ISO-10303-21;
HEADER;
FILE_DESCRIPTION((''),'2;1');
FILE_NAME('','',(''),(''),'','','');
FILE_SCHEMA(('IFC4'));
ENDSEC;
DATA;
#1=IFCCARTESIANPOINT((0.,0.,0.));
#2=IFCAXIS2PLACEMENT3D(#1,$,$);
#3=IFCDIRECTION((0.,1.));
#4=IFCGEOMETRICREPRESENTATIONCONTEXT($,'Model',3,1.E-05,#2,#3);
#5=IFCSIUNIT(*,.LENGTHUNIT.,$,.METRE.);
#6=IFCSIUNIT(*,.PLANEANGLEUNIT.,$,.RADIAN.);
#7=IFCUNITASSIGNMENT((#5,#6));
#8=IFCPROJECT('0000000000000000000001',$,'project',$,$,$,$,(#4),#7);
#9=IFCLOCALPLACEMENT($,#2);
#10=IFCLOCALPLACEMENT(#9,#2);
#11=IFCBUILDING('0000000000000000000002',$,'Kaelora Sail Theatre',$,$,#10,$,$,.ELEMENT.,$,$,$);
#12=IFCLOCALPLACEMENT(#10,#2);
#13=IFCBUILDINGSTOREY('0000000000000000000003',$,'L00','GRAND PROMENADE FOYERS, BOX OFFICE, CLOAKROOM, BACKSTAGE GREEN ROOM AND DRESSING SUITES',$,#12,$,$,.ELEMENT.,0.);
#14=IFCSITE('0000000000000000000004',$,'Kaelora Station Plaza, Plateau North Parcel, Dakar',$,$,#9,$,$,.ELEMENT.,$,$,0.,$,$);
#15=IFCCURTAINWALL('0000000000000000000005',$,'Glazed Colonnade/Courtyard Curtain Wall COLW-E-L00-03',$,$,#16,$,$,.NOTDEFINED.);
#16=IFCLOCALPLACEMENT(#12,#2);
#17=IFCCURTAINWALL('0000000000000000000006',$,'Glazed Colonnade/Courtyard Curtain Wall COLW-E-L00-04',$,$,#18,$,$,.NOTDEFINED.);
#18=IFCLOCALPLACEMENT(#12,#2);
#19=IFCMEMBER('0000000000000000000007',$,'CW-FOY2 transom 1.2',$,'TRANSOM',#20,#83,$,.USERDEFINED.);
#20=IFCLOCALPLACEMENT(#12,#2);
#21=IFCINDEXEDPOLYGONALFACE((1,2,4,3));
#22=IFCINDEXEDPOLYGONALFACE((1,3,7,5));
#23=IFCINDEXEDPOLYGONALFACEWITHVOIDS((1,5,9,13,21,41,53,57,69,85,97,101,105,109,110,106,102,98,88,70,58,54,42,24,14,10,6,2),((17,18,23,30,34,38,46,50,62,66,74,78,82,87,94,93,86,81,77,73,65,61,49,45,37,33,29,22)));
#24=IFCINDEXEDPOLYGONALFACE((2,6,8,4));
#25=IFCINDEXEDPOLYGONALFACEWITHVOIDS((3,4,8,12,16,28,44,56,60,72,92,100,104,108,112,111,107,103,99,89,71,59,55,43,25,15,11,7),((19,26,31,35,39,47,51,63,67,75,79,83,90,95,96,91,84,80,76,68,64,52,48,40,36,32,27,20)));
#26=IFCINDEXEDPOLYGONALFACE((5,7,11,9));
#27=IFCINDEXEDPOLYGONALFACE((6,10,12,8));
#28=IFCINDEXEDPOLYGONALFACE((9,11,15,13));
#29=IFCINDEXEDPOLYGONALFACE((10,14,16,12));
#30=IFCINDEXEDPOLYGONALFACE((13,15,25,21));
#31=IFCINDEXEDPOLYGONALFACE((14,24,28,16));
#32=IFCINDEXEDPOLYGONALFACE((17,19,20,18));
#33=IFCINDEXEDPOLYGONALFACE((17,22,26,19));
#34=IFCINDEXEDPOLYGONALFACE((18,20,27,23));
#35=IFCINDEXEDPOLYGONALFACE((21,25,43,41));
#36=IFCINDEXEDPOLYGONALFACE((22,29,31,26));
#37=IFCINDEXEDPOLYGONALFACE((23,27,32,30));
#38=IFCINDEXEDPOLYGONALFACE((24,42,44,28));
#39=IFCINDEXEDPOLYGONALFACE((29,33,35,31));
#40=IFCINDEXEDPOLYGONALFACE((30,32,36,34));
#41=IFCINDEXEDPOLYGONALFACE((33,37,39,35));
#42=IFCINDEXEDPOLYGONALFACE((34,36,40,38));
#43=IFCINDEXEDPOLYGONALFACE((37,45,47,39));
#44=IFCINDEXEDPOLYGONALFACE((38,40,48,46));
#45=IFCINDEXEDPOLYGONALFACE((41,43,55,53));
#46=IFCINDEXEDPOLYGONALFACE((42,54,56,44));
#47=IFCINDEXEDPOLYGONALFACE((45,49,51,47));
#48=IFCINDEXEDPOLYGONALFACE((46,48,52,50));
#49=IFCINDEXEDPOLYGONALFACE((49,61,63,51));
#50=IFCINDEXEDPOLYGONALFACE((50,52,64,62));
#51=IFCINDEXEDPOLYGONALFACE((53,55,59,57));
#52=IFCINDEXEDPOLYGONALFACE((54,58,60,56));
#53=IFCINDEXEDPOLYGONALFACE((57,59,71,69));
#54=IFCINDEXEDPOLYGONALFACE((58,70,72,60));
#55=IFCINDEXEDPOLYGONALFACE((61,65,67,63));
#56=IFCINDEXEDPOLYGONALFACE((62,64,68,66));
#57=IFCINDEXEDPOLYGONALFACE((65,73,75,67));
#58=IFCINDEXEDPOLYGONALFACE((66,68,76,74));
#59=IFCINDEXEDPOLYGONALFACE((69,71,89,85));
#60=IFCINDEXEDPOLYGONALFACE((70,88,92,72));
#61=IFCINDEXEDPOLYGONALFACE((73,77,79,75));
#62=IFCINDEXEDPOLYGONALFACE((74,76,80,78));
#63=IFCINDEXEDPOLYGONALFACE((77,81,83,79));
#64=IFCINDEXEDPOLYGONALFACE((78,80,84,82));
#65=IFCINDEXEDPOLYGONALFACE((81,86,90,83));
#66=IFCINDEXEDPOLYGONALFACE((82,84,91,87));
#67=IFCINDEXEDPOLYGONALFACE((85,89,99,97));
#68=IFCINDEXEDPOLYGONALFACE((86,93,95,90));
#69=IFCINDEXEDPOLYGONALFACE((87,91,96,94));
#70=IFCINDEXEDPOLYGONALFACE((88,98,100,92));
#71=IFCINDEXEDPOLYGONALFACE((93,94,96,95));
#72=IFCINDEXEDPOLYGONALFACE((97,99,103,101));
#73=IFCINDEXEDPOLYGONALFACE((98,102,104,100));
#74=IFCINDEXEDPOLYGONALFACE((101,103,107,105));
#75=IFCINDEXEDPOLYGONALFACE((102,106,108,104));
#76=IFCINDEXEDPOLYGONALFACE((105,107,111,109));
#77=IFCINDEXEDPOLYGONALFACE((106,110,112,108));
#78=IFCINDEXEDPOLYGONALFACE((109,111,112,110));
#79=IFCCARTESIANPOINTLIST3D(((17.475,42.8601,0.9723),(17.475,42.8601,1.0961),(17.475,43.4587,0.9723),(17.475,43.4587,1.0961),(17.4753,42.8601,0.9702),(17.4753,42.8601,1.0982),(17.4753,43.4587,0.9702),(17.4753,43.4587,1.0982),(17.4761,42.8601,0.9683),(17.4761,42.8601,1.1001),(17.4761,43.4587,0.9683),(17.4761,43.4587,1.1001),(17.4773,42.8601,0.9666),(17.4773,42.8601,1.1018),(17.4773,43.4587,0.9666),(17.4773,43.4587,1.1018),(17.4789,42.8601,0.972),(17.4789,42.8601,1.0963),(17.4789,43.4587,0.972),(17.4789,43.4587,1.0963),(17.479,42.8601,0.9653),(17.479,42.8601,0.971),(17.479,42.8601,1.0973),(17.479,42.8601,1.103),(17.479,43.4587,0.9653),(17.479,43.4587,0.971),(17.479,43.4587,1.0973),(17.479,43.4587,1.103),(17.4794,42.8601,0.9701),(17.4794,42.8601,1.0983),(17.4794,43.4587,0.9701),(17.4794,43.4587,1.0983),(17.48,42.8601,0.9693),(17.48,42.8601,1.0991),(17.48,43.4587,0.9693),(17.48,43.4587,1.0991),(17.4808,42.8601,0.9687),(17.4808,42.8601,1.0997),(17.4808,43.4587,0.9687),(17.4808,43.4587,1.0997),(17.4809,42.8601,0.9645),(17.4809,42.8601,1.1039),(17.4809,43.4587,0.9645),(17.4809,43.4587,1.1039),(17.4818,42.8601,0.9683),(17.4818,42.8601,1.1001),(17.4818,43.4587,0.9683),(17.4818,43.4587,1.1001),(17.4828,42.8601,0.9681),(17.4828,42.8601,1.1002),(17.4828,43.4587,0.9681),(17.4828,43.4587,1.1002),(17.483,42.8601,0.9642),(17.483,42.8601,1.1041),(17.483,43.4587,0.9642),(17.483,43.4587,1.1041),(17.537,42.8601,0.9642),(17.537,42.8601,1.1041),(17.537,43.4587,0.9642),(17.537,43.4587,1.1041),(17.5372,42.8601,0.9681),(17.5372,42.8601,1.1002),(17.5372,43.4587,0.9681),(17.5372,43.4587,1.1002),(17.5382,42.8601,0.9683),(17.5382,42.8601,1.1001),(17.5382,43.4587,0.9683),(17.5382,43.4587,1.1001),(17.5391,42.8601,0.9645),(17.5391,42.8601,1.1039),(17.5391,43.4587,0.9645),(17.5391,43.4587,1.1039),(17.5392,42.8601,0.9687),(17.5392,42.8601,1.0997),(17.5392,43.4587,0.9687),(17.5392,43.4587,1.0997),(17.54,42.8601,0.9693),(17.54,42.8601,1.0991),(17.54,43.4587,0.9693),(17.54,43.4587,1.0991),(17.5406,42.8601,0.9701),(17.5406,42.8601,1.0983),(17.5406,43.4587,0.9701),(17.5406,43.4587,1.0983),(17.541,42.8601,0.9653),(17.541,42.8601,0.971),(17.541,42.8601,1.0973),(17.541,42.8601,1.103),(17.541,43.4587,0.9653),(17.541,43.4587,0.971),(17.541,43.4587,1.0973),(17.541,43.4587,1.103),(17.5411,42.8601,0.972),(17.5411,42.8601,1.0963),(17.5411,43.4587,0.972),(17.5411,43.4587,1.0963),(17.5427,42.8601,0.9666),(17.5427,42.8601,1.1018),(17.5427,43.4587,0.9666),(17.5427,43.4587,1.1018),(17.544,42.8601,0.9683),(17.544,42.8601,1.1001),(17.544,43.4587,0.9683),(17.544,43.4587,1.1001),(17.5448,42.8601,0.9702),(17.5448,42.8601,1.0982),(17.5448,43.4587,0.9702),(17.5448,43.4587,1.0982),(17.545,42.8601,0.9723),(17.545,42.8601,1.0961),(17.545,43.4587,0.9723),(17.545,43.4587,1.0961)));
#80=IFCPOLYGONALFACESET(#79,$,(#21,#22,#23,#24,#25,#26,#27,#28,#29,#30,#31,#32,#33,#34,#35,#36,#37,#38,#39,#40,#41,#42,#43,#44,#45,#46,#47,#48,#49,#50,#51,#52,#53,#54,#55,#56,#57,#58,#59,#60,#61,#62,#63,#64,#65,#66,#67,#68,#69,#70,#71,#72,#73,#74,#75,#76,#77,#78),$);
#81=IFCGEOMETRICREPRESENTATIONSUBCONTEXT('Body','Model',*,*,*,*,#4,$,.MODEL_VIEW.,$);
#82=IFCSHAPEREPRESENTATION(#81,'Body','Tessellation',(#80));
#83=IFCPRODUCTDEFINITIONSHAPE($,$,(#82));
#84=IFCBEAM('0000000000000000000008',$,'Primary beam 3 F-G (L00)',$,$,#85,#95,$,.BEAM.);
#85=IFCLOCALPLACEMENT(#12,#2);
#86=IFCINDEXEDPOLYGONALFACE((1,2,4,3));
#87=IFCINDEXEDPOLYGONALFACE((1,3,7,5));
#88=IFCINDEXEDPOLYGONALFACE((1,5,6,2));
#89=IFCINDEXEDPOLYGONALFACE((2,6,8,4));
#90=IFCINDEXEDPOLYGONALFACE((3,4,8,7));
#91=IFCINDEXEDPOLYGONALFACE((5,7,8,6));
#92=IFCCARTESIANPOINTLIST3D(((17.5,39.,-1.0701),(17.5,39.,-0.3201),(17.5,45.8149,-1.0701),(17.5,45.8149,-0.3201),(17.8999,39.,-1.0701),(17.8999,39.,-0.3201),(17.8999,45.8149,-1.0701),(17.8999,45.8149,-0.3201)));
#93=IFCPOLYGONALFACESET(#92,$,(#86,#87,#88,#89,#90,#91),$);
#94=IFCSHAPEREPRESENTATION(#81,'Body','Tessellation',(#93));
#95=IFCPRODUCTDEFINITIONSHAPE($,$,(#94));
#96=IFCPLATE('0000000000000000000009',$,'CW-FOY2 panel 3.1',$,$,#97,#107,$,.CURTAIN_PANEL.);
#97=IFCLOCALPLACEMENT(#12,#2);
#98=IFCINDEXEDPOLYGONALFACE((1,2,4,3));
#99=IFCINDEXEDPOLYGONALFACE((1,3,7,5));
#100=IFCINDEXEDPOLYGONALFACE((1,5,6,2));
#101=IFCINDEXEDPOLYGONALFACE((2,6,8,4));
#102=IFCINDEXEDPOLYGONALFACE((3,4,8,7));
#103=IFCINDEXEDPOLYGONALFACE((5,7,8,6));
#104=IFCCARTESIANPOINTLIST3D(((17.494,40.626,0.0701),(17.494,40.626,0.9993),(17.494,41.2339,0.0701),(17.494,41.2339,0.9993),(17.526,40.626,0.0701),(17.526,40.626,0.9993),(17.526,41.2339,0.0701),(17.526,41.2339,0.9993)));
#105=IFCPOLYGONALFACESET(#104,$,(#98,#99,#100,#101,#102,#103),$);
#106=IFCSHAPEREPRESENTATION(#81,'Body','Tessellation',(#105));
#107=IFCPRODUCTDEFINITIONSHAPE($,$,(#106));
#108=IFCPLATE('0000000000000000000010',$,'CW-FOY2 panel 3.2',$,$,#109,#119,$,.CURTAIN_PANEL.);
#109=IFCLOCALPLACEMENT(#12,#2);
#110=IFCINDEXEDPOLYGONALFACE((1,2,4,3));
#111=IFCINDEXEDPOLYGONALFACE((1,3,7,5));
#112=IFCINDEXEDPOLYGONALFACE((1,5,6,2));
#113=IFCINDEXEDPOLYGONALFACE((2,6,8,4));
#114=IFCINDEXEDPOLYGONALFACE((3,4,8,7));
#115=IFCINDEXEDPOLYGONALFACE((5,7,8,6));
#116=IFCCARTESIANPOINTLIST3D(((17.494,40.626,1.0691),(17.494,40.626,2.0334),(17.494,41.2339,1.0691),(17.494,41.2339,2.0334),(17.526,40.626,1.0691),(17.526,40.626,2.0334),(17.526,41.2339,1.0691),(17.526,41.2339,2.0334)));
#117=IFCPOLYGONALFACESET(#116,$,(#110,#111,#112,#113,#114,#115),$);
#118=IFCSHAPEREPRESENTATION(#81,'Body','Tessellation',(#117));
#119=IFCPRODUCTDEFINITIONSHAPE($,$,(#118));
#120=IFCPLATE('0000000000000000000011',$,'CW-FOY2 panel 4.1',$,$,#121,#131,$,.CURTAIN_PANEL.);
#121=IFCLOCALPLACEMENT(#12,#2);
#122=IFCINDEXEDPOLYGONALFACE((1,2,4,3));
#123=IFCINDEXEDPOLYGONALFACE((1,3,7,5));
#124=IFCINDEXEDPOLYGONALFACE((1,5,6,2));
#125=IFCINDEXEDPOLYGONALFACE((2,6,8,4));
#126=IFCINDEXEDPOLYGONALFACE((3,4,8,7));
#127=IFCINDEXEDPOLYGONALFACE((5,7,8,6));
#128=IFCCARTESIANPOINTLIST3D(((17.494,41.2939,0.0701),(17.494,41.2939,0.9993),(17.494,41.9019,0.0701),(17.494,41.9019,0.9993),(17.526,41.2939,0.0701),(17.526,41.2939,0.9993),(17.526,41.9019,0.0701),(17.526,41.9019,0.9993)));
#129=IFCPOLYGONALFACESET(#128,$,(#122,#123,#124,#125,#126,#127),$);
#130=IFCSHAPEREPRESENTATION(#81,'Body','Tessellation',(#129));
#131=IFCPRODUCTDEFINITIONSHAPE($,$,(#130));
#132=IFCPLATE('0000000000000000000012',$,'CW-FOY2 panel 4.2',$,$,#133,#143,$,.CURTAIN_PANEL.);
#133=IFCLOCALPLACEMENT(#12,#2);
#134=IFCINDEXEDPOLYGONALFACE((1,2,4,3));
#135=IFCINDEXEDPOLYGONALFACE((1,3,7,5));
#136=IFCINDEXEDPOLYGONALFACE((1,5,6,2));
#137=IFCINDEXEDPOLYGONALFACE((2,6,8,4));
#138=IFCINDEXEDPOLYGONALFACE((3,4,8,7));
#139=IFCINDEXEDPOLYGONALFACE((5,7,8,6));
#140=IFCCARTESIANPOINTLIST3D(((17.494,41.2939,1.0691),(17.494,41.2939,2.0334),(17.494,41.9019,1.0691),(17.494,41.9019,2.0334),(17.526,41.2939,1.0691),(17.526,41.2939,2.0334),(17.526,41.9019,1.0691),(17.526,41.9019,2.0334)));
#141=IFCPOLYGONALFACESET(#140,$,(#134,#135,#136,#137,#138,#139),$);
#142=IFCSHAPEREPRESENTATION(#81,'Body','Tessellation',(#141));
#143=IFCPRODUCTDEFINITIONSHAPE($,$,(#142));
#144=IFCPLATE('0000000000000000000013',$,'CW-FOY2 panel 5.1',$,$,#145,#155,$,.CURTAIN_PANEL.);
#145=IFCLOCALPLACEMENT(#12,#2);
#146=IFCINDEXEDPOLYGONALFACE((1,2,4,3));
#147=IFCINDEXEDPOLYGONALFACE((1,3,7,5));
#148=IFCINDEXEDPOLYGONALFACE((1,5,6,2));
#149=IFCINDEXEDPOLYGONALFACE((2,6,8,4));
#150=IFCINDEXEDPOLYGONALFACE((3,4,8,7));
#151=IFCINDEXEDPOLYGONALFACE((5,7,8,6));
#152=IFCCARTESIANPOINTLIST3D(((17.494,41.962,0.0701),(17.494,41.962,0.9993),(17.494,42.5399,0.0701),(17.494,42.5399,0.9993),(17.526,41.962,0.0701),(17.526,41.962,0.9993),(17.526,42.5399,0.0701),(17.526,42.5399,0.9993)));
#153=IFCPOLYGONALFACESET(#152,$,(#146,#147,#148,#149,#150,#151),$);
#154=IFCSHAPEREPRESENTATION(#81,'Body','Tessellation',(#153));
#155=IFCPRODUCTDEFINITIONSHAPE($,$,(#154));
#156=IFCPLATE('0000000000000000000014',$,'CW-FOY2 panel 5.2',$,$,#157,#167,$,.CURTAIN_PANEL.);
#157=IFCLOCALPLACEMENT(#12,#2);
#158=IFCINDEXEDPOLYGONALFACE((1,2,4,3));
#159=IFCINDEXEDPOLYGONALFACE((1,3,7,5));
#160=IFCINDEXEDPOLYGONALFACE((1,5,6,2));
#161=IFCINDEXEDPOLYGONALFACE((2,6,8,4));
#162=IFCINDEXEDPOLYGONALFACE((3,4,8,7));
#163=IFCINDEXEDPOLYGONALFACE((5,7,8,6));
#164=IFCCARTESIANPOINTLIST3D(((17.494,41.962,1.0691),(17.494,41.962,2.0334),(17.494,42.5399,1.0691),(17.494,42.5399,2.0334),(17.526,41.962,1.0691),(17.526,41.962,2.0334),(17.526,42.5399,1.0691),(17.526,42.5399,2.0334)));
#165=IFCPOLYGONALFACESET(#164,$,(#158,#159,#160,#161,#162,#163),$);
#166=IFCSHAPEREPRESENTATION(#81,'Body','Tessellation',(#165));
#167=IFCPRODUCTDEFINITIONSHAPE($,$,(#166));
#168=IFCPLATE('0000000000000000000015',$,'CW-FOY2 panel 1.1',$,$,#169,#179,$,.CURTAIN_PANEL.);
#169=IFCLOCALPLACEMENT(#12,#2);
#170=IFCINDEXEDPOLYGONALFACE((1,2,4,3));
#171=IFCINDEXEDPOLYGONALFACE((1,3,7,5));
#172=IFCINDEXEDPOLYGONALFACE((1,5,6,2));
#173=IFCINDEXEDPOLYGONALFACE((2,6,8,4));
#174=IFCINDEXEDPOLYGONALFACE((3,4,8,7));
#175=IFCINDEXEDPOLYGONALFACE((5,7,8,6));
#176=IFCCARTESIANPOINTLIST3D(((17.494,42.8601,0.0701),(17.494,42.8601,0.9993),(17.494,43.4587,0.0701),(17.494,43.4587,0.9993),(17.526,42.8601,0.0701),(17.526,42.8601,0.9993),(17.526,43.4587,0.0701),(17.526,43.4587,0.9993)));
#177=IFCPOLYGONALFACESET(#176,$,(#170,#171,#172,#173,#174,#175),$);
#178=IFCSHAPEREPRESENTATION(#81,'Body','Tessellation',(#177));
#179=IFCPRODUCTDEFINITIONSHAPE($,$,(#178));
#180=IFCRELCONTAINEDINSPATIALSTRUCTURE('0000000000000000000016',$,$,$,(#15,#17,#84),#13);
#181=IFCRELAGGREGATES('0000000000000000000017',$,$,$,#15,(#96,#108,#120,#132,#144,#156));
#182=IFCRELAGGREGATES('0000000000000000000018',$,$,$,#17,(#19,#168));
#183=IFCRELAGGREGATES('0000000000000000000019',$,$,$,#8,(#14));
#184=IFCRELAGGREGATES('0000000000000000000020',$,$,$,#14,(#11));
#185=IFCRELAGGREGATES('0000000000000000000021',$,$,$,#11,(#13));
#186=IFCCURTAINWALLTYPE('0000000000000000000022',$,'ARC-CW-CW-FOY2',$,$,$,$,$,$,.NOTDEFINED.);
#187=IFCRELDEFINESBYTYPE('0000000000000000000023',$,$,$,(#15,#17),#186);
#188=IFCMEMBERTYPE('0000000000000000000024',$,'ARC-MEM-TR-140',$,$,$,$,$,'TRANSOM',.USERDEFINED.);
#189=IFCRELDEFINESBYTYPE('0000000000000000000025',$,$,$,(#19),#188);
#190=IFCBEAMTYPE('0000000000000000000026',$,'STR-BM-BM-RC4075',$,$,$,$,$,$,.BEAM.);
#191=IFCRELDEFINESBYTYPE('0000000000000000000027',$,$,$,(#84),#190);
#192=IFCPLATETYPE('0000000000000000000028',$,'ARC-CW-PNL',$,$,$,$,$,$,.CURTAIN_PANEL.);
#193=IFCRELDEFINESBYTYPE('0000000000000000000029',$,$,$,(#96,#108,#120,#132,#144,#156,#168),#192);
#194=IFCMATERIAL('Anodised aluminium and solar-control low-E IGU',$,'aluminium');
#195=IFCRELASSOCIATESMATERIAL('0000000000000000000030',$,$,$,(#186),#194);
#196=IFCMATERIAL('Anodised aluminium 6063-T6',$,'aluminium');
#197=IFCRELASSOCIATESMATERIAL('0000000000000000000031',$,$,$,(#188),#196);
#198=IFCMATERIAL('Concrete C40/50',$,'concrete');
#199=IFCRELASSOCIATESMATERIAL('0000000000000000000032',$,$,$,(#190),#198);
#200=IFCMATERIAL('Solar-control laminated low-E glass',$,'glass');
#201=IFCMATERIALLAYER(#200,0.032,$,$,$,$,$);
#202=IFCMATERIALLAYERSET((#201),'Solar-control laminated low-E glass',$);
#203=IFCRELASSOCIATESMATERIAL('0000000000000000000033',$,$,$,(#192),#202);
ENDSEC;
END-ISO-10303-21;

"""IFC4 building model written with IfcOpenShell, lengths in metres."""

from ifc_helpers import new_model, si_unit, direction, frame, origin, origin_2d, place, context, subcontext, project, spatial, rectangle, hollow_rectangle, extrude, material, layer, layer_set, material_profile, profile_set, type_object, element, aggregate, save


model = new_model("IFC4")

# Units and contexts
model_context = context("Model", 3, precision=1e-05, world=origin(), true_north=direction((0.0, 1.0)))
body_context = subcontext(model_context, "Body", "Model", "MODEL_VIEW")
ifc_project = project(units=[si_unit("LENGTHUNIT", "METRE"), si_unit("PLANEANGLEUNIT", "RADIAN")], contexts=[model_context])

# Site, building, storey
site_placement = place(None, origin())
site = spatial("IfcSite", under=ifc_project, at=site_placement, Name="Kaelora Station Plaza, Plateau North Parcel, Dakar", CompositionType="ELEMENT", RefElevation=0.0)
building_placement = place(site_placement, origin())
building = spatial("IfcBuilding", under=site, at=building_placement, Name="Kaelora Sail Theatre", CompositionType="ELEMENT")
storey_placement = place(building_placement, origin())
storey = spatial("IfcBuildingStorey", under=building, at=storey_placement, Name="L00", Description="GRAND PROMENADE FOYERS, BOX OFFICE, CLOAKROOM, BACKSTAGE GREEN ROOM AND DRESSING SUITES", CompositionType="ELEMENT", Elevation=0.0)

# Curtain wall
ifc_material_1 = material(Name="Anodised aluminium and solar-control low-E IGU", Category="aluminium")
curtain_wall_type = type_object("IfcCurtainWallType", Name="ARC-CW-CW-FOY2", PredefinedType="NOTDEFINED", material=ifc_material_1)
curtain_wall_1_placement = place(storey_placement, origin())
curtain_wall_1 = element("IfcCurtainWall", 1, at=curtain_wall_1_placement, inside=storey, type_object=curtain_wall_type, Name="Glazed Colonnade/Courtyard Curtain Wall COLW-E-L00-03", PredefinedType="NOTDEFINED")

# Curtain wall
curtain_wall_2_placement = place(storey_placement, origin())
curtain_wall_2 = element("IfcCurtainWall", 2, at=curtain_wall_2_placement, inside=storey, type_object=curtain_wall_type, Name="Glazed Colonnade/Courtyard Curtain Wall COLW-E-L00-04", PredefinedType="NOTDEFINED")

# Member
ifc_material_2 = material(Name="Anodised aluminium 6063-T6", Category="aluminium")
ifc_material_profile_1 = material_profile(ifc_material_2, hollow_rectangle(XDim=0.0701, YDim=0.1399, WallThickness=0.0039, InnerFilletRadius=0.0039, OuterFilletRadius=0.0081, at=origin_2d()), Name="ALU-TRAN 70x140x4")
ifc_profile_set_1 = profile_set([ifc_material_profile_1], Name="Anodised aluminium 6063-T6")
member_type_1 = type_object("IfcMemberType", Name="ARC-MEM-TR-140", ElementType="TRANSOM", PredefinedType="USERDEFINED", material=ifc_profile_set_1)
member_1_placement = place(storey_placement, frame((17.51, 42.8601, 1.0342), z_axis=(0.0, 1.0, 0.0), x_axis=(-1.0, 0.0, 0.0)))
member_1 = element("IfcMember", 3, at=member_1_placement, type_object=member_type_1, Name="CW-FOY2 transom 1.2", ObjectType="TRANSOM", PredefinedType="USERDEFINED", context=body_context, shape_type="SweptSolid", body=[
    extrude(hollow_rectangle(XDim=0.0701, YDim=0.1399, WallThickness=0.0039, InnerFilletRadius=0.0039, OuterFilletRadius=0.0081, at=origin_2d()), origin(), (0.0, 0.0, 1.0), 0.5986),
])

# Beam
ifc_material_3 = material(Name="Concrete C40/50", Category="concrete")
ifc_material_profile_2 = material_profile(ifc_material_3, rectangle(XDim=0.3999, YDim=0.75, at=origin_2d()), Name="RC-BM 400x750")
ifc_profile_set_2 = profile_set([ifc_material_profile_2], Name="Concrete C40/50")
beam_type = type_object("IfcBeamType", Name="STR-BM-BM-RC4075", PredefinedType="BEAM", material=ifc_profile_set_2)
beam_placement = place(storey_placement, frame((17.7, 39.0, -0.6951), z_axis=(0.0, 1.0, 0.0), x_axis=(-1.0, 0.0, 0.0)))
element("IfcBeam", 4, at=beam_placement, inside=storey, type_object=beam_type, Name="Primary beam 3 F-G (L00)", PredefinedType="BEAM", context=body_context, shape_type="SweptSolid", body=[
    extrude(rectangle(XDim=0.3999, YDim=0.75, at=origin_2d()), origin(), (0.0, 0.0, 1.0), 6.8149),
])

# Plates
ifc_material_4 = material(Name="Solar-control laminated low-E glass", Category="glass")
ifc_layer = layer(ifc_material_4, 0.032)
ifc_layer_set = layer_set([ifc_layer], Name="Solar-control laminated low-E glass")
plate_type = type_object("IfcPlateType", Name="ARC-CW-PNL", PredefinedType="CURTAIN_PANEL", material=ifc_layer_set)
plate_1_placement = place(storey_placement, frame((17.51, 40.9299, 0.0701), z_axis=(0.0, 0.0, 1.0), x_axis=(0.0, 1.0, 0.0)))
plate_1 = element("IfcPlate", 5, at=plate_1_placement, type_object=plate_type, Name="CW-FOY2 panel 3.1", PredefinedType="CURTAIN_PANEL", context=body_context, shape_type="SweptSolid", body=[
    extrude(rectangle(XDim=0.6079, YDim=0.032, at=origin_2d()), origin(), (0.0, 0.0, 1.0), 0.9292),
])
plate_2_placement = place(storey_placement, frame((17.51, 40.9299, 1.0691), z_axis=(0.0, 0.0, 1.0), x_axis=(0.0, 1.0, 0.0)))
plate_2 = element("IfcPlate", 6, at=plate_2_placement, type_object=plate_type, Name="CW-FOY2 panel 3.2", PredefinedType="CURTAIN_PANEL", context=body_context, shape_type="SweptSolid", body=[
    extrude(rectangle(XDim=0.6079, YDim=0.032, at=origin_2d()), origin(), (0.0, 0.0, 1.0), 0.9644),
])
plate_3_placement = place(storey_placement, frame((17.51, 41.5979, 0.0701), z_axis=(0.0, 0.0, 1.0), x_axis=(0.0, 1.0, 0.0)))
plate_3 = element("IfcPlate", 7, at=plate_3_placement, type_object=plate_type, Name="CW-FOY2 panel 4.1", PredefinedType="CURTAIN_PANEL", context=body_context, shape_type="SweptSolid", body=[
    extrude(rectangle(XDim=0.6079, YDim=0.032, at=origin_2d()), origin(), (0.0, 0.0, 1.0), 0.9292),
])
plate_4_placement = place(storey_placement, frame((17.51, 41.5979, 1.0691), z_axis=(0.0, 0.0, 1.0), x_axis=(0.0, 1.0, 0.0)))
plate_4 = element("IfcPlate", 8, at=plate_4_placement, type_object=plate_type, Name="CW-FOY2 panel 4.2", PredefinedType="CURTAIN_PANEL", context=body_context, shape_type="SweptSolid", body=[
    extrude(rectangle(XDim=0.6079, YDim=0.032, at=origin_2d()), origin(), (0.0, 0.0, 1.0), 0.9644),
])
plate_5_placement = place(storey_placement, frame((17.51, 42.251, 0.0701), z_axis=(0.0, 0.0, 1.0), x_axis=(0.0, 1.0, 0.0)))
plate_5 = element("IfcPlate", 9, at=plate_5_placement, type_object=plate_type, Name="CW-FOY2 panel 5.1", PredefinedType="CURTAIN_PANEL", context=body_context, shape_type="SweptSolid", body=[
    extrude(rectangle(XDim=0.5779, YDim=0.032, at=origin_2d()), origin(), (0.0, 0.0, 1.0), 0.9292),
])
plate_6_placement = place(storey_placement, frame((17.51, 42.251, 1.0691), z_axis=(0.0, 0.0, 1.0), x_axis=(0.0, 1.0, 0.0)))
plate_6 = element("IfcPlate", 10, at=plate_6_placement, type_object=plate_type, Name="CW-FOY2 panel 5.2", PredefinedType="CURTAIN_PANEL", context=body_context, shape_type="SweptSolid", body=[
    extrude(rectangle(XDim=0.5779, YDim=0.032, at=origin_2d()), origin(), (0.0, 0.0, 1.0), 0.9644),
])
aggregate(curtain_wall_1, [plate_1, plate_2, plate_3, plate_4, plate_5, plate_6])
plate_7_placement = place(storey_placement, frame((17.51, 43.1594, 0.0701), z_axis=(0.0, 0.0, 1.0), x_axis=(0.0, 1.0, 0.0)))
plate_7 = element("IfcPlate", 11, at=plate_7_placement, type_object=plate_type, Name="CW-FOY2 panel 1.1", PredefinedType="CURTAIN_PANEL", context=body_context, shape_type="SweptSolid", body=[
    extrude(rectangle(XDim=0.5986, YDim=0.032, at=origin_2d()), origin(), (0.0, 0.0, 1.0), 0.9292),
])
aggregate(curtain_wall_2, [member_1, plate_7])

save(model, "model.ifc")
